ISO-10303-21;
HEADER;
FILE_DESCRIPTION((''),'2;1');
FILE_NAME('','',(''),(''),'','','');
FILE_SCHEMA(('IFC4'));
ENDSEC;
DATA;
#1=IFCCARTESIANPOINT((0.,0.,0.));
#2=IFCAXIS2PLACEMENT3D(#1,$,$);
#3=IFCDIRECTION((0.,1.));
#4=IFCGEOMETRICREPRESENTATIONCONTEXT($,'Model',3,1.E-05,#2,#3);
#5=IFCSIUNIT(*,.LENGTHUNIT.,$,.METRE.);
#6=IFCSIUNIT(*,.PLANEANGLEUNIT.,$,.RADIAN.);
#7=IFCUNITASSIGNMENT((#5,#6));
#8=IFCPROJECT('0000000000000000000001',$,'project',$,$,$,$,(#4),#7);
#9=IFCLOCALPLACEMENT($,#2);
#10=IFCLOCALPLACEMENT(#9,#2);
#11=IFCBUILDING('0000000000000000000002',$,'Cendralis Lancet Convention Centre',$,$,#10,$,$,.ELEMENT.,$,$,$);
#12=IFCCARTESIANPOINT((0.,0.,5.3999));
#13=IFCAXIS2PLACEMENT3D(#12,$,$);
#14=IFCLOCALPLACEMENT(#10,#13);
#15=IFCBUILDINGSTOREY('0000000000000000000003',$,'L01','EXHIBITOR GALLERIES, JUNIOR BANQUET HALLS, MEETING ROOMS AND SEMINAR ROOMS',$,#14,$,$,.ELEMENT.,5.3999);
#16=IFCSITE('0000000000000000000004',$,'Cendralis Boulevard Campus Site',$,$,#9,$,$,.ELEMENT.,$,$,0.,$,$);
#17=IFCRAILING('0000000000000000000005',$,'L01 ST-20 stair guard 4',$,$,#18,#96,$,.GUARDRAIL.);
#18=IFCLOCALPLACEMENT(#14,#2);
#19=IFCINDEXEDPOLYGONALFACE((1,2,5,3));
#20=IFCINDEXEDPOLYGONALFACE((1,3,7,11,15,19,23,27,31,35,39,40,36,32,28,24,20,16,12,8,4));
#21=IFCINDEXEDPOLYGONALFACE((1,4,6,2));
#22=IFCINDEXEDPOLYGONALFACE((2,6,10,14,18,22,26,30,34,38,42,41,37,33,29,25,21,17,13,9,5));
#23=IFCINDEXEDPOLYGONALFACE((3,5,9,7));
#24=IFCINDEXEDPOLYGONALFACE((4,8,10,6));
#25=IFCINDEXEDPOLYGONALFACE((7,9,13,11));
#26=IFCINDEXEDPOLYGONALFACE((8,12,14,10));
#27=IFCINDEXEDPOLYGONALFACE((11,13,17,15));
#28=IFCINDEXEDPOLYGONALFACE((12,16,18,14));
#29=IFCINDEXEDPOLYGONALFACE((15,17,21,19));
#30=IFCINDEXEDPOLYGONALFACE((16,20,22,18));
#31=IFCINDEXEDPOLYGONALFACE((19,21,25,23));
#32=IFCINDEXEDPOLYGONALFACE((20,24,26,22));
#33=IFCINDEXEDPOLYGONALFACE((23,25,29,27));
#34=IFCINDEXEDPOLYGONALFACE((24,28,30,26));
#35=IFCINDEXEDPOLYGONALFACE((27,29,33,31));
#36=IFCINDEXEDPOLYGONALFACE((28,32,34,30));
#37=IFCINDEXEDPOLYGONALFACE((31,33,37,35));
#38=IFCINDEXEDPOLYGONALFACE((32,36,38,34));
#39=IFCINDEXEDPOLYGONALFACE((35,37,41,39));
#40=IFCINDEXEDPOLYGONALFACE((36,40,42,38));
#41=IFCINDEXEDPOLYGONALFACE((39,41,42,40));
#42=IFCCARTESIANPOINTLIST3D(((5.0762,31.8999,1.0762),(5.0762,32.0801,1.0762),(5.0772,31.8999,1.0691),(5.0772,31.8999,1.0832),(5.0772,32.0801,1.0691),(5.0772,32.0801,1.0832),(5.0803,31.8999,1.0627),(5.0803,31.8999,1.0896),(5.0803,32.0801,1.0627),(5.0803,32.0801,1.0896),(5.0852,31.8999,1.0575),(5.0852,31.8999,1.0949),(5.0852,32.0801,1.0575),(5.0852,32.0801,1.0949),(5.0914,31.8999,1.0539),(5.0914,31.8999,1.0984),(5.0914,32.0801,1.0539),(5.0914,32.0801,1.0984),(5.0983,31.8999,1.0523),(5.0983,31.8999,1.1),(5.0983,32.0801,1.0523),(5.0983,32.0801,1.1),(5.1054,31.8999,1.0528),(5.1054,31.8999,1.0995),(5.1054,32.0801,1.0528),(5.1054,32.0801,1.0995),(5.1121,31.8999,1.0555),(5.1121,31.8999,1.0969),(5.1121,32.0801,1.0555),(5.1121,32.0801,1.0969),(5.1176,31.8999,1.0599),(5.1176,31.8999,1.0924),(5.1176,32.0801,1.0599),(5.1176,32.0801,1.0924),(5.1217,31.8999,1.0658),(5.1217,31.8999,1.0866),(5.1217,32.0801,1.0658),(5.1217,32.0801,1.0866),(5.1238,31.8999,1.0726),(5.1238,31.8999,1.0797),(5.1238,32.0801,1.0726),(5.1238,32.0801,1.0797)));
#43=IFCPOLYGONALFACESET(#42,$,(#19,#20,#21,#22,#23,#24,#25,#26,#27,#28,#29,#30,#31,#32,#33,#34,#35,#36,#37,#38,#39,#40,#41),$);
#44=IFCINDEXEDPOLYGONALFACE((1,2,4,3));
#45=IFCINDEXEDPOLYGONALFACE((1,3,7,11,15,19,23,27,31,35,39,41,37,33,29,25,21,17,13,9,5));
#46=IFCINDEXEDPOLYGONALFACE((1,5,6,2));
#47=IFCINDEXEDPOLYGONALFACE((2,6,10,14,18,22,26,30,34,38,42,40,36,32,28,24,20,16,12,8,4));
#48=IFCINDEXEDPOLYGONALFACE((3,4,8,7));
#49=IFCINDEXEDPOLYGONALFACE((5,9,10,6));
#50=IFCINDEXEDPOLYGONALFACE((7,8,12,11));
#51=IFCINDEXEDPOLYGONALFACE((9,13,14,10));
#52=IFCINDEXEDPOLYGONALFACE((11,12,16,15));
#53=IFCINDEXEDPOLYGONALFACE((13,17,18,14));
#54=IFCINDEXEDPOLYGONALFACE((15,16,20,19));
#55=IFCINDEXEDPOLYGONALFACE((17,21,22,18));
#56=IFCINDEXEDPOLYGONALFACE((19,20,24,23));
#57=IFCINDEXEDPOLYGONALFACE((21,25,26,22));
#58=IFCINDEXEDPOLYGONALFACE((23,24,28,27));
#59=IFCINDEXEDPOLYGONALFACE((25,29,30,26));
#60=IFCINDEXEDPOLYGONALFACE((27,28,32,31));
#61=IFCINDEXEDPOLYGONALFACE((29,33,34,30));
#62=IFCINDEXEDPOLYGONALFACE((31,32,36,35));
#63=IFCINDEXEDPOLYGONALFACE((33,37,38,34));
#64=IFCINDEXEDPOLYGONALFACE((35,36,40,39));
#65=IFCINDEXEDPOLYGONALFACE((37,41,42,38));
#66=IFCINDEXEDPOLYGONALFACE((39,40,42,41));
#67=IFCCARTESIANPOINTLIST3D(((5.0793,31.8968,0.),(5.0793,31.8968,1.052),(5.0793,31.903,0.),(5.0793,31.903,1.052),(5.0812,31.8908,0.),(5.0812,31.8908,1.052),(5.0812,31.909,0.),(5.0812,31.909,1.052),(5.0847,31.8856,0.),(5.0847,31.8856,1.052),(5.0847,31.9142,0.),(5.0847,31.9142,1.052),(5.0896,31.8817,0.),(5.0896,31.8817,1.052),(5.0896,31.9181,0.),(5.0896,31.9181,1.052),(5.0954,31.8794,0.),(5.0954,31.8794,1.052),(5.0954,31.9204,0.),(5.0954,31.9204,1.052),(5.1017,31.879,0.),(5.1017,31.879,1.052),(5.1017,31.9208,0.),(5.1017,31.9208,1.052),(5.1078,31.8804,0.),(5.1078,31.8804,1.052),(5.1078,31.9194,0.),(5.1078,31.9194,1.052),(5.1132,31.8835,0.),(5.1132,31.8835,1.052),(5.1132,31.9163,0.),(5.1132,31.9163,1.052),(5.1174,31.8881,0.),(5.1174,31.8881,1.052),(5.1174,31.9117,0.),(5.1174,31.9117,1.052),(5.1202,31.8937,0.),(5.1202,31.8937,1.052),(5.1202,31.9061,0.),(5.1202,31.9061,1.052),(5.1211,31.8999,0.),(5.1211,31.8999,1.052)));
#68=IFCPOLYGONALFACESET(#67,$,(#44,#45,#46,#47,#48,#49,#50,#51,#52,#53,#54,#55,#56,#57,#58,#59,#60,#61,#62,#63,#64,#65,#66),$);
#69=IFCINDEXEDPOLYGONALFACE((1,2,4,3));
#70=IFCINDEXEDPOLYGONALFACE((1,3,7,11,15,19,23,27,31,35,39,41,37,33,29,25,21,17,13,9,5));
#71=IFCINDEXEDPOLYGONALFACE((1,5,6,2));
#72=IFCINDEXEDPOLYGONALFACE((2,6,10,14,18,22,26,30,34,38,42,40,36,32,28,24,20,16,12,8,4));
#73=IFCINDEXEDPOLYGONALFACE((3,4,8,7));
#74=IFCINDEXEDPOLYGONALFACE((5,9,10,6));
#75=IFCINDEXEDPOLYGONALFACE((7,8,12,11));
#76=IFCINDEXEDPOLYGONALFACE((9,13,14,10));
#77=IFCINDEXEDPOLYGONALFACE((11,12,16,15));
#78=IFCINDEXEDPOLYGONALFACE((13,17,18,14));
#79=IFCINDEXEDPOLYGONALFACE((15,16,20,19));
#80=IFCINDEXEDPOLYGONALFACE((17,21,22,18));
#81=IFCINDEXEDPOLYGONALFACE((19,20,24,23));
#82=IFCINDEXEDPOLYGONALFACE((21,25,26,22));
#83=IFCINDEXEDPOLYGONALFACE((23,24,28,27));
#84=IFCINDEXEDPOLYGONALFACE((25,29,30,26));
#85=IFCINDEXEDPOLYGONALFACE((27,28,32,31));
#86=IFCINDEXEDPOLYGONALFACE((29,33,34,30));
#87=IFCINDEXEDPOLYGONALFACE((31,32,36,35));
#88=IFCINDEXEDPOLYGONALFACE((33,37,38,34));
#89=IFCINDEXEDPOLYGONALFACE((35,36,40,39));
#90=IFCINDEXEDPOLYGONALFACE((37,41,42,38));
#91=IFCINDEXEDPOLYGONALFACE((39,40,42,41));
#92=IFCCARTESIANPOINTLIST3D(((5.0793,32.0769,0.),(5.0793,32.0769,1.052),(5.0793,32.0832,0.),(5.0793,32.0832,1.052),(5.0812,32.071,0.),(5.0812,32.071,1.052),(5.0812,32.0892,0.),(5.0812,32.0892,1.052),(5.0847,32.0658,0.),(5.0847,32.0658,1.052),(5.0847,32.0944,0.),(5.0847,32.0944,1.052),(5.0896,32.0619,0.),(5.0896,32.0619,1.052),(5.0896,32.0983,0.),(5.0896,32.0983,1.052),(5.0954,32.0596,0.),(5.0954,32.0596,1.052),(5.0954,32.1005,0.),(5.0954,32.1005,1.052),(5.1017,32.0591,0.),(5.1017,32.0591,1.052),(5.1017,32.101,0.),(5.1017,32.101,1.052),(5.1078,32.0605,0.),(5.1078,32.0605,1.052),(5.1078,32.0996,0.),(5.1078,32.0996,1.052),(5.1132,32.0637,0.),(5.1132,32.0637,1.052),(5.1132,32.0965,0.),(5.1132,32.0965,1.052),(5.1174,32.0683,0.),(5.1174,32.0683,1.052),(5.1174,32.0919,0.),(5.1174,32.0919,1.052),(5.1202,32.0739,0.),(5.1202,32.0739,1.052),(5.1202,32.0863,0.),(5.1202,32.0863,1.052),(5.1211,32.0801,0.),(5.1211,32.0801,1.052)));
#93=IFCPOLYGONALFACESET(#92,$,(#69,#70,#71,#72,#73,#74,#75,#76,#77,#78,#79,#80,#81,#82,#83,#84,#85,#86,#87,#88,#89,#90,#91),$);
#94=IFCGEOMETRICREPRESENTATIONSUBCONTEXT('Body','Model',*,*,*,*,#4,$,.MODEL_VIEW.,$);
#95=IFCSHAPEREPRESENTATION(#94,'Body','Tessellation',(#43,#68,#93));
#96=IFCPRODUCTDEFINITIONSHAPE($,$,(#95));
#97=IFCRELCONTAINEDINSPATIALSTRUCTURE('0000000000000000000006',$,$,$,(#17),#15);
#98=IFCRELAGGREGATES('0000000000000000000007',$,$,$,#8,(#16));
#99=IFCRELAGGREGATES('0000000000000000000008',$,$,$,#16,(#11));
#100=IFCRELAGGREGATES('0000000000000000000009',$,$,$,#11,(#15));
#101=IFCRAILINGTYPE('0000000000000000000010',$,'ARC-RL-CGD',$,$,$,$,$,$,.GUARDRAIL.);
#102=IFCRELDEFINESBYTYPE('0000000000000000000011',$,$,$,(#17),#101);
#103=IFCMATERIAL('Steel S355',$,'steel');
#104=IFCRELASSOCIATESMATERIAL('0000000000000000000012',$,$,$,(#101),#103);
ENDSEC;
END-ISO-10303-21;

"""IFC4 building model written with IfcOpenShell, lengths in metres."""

from ifc_helpers import new_model, si_unit, direction, frame, origin, origin_2d, place, context, subcontext, project, spatial, circle, extrude, material, type_object, element, save


model = new_model("IFC4")

# Units and contexts
model_context = context("Model", 3, precision=1e-05, world=origin(), true_north=direction((0.0, 1.0)))
body_context = subcontext(model_context, "Body", "Model", "MODEL_VIEW")
ifc_project = project(units=[si_unit("LENGTHUNIT", "METRE"), si_unit("PLANEANGLEUNIT", "RADIAN")], contexts=[model_context])

# Site, building, storey
site_placement = place(None, origin())
site = spatial("IfcSite", under=ifc_project, at=site_placement, Name="Cendralis Boulevard Campus Site", CompositionType="ELEMENT", RefElevation=0.0)
building_placement = place(site_placement, origin())
building = spatial("IfcBuilding", under=site, at=building_placement, Name="Cendralis Lancet Convention Centre", CompositionType="ELEMENT")
storey_placement = place(building_placement, frame((0.0, 0.0, 5.3999)))
storey = spatial("IfcBuildingStorey", under=building, at=storey_placement, Name="L01", Description="EXHIBITOR GALLERIES, JUNIOR BANQUET HALLS, MEETING ROOMS AND SEMINAR ROOMS", CompositionType="ELEMENT", Elevation=5.3999)

# Shared definitions
ifc_material_1 = material(Name="Steel S355", Category="steel")

# Railing
railing_type_1 = type_object("IfcRailingType", Name="ARC-RL-CGD", PredefinedType="GUARDRAIL", material=ifc_material_1)
railing_1_placement = place(storey_placement, frame((5.1001, 31.8999, 0.0)))
element("IfcRailing", 1, at=railing_1_placement, inside=storey, type_object=railing_type_1, Name="L01 ST-20 stair guard 4", PredefinedType="GUARDRAIL", context=body_context, shape_type="SweptSolid", body=[
    extrude(circle(Radius=0.0239, at=origin_2d()), frame((0.0, 0.0, 1.0762), z_axis=(0.0, 1.0, 0.0), x_axis=(-1.0, 0.0, 0.0)), (0.0, 0.0, 1.0), 0.1802),
    extrude(circle(Radius=0.021, at=origin_2d()), origin(), (0.0, 0.0, 1.0), 1.052),
    extrude(circle(Radius=0.021, at=origin_2d()), frame((0.0, 0.1802, 0.0)), (0.0, 0.0, 1.0), 1.052),
])

save(model, "model.ifc")
